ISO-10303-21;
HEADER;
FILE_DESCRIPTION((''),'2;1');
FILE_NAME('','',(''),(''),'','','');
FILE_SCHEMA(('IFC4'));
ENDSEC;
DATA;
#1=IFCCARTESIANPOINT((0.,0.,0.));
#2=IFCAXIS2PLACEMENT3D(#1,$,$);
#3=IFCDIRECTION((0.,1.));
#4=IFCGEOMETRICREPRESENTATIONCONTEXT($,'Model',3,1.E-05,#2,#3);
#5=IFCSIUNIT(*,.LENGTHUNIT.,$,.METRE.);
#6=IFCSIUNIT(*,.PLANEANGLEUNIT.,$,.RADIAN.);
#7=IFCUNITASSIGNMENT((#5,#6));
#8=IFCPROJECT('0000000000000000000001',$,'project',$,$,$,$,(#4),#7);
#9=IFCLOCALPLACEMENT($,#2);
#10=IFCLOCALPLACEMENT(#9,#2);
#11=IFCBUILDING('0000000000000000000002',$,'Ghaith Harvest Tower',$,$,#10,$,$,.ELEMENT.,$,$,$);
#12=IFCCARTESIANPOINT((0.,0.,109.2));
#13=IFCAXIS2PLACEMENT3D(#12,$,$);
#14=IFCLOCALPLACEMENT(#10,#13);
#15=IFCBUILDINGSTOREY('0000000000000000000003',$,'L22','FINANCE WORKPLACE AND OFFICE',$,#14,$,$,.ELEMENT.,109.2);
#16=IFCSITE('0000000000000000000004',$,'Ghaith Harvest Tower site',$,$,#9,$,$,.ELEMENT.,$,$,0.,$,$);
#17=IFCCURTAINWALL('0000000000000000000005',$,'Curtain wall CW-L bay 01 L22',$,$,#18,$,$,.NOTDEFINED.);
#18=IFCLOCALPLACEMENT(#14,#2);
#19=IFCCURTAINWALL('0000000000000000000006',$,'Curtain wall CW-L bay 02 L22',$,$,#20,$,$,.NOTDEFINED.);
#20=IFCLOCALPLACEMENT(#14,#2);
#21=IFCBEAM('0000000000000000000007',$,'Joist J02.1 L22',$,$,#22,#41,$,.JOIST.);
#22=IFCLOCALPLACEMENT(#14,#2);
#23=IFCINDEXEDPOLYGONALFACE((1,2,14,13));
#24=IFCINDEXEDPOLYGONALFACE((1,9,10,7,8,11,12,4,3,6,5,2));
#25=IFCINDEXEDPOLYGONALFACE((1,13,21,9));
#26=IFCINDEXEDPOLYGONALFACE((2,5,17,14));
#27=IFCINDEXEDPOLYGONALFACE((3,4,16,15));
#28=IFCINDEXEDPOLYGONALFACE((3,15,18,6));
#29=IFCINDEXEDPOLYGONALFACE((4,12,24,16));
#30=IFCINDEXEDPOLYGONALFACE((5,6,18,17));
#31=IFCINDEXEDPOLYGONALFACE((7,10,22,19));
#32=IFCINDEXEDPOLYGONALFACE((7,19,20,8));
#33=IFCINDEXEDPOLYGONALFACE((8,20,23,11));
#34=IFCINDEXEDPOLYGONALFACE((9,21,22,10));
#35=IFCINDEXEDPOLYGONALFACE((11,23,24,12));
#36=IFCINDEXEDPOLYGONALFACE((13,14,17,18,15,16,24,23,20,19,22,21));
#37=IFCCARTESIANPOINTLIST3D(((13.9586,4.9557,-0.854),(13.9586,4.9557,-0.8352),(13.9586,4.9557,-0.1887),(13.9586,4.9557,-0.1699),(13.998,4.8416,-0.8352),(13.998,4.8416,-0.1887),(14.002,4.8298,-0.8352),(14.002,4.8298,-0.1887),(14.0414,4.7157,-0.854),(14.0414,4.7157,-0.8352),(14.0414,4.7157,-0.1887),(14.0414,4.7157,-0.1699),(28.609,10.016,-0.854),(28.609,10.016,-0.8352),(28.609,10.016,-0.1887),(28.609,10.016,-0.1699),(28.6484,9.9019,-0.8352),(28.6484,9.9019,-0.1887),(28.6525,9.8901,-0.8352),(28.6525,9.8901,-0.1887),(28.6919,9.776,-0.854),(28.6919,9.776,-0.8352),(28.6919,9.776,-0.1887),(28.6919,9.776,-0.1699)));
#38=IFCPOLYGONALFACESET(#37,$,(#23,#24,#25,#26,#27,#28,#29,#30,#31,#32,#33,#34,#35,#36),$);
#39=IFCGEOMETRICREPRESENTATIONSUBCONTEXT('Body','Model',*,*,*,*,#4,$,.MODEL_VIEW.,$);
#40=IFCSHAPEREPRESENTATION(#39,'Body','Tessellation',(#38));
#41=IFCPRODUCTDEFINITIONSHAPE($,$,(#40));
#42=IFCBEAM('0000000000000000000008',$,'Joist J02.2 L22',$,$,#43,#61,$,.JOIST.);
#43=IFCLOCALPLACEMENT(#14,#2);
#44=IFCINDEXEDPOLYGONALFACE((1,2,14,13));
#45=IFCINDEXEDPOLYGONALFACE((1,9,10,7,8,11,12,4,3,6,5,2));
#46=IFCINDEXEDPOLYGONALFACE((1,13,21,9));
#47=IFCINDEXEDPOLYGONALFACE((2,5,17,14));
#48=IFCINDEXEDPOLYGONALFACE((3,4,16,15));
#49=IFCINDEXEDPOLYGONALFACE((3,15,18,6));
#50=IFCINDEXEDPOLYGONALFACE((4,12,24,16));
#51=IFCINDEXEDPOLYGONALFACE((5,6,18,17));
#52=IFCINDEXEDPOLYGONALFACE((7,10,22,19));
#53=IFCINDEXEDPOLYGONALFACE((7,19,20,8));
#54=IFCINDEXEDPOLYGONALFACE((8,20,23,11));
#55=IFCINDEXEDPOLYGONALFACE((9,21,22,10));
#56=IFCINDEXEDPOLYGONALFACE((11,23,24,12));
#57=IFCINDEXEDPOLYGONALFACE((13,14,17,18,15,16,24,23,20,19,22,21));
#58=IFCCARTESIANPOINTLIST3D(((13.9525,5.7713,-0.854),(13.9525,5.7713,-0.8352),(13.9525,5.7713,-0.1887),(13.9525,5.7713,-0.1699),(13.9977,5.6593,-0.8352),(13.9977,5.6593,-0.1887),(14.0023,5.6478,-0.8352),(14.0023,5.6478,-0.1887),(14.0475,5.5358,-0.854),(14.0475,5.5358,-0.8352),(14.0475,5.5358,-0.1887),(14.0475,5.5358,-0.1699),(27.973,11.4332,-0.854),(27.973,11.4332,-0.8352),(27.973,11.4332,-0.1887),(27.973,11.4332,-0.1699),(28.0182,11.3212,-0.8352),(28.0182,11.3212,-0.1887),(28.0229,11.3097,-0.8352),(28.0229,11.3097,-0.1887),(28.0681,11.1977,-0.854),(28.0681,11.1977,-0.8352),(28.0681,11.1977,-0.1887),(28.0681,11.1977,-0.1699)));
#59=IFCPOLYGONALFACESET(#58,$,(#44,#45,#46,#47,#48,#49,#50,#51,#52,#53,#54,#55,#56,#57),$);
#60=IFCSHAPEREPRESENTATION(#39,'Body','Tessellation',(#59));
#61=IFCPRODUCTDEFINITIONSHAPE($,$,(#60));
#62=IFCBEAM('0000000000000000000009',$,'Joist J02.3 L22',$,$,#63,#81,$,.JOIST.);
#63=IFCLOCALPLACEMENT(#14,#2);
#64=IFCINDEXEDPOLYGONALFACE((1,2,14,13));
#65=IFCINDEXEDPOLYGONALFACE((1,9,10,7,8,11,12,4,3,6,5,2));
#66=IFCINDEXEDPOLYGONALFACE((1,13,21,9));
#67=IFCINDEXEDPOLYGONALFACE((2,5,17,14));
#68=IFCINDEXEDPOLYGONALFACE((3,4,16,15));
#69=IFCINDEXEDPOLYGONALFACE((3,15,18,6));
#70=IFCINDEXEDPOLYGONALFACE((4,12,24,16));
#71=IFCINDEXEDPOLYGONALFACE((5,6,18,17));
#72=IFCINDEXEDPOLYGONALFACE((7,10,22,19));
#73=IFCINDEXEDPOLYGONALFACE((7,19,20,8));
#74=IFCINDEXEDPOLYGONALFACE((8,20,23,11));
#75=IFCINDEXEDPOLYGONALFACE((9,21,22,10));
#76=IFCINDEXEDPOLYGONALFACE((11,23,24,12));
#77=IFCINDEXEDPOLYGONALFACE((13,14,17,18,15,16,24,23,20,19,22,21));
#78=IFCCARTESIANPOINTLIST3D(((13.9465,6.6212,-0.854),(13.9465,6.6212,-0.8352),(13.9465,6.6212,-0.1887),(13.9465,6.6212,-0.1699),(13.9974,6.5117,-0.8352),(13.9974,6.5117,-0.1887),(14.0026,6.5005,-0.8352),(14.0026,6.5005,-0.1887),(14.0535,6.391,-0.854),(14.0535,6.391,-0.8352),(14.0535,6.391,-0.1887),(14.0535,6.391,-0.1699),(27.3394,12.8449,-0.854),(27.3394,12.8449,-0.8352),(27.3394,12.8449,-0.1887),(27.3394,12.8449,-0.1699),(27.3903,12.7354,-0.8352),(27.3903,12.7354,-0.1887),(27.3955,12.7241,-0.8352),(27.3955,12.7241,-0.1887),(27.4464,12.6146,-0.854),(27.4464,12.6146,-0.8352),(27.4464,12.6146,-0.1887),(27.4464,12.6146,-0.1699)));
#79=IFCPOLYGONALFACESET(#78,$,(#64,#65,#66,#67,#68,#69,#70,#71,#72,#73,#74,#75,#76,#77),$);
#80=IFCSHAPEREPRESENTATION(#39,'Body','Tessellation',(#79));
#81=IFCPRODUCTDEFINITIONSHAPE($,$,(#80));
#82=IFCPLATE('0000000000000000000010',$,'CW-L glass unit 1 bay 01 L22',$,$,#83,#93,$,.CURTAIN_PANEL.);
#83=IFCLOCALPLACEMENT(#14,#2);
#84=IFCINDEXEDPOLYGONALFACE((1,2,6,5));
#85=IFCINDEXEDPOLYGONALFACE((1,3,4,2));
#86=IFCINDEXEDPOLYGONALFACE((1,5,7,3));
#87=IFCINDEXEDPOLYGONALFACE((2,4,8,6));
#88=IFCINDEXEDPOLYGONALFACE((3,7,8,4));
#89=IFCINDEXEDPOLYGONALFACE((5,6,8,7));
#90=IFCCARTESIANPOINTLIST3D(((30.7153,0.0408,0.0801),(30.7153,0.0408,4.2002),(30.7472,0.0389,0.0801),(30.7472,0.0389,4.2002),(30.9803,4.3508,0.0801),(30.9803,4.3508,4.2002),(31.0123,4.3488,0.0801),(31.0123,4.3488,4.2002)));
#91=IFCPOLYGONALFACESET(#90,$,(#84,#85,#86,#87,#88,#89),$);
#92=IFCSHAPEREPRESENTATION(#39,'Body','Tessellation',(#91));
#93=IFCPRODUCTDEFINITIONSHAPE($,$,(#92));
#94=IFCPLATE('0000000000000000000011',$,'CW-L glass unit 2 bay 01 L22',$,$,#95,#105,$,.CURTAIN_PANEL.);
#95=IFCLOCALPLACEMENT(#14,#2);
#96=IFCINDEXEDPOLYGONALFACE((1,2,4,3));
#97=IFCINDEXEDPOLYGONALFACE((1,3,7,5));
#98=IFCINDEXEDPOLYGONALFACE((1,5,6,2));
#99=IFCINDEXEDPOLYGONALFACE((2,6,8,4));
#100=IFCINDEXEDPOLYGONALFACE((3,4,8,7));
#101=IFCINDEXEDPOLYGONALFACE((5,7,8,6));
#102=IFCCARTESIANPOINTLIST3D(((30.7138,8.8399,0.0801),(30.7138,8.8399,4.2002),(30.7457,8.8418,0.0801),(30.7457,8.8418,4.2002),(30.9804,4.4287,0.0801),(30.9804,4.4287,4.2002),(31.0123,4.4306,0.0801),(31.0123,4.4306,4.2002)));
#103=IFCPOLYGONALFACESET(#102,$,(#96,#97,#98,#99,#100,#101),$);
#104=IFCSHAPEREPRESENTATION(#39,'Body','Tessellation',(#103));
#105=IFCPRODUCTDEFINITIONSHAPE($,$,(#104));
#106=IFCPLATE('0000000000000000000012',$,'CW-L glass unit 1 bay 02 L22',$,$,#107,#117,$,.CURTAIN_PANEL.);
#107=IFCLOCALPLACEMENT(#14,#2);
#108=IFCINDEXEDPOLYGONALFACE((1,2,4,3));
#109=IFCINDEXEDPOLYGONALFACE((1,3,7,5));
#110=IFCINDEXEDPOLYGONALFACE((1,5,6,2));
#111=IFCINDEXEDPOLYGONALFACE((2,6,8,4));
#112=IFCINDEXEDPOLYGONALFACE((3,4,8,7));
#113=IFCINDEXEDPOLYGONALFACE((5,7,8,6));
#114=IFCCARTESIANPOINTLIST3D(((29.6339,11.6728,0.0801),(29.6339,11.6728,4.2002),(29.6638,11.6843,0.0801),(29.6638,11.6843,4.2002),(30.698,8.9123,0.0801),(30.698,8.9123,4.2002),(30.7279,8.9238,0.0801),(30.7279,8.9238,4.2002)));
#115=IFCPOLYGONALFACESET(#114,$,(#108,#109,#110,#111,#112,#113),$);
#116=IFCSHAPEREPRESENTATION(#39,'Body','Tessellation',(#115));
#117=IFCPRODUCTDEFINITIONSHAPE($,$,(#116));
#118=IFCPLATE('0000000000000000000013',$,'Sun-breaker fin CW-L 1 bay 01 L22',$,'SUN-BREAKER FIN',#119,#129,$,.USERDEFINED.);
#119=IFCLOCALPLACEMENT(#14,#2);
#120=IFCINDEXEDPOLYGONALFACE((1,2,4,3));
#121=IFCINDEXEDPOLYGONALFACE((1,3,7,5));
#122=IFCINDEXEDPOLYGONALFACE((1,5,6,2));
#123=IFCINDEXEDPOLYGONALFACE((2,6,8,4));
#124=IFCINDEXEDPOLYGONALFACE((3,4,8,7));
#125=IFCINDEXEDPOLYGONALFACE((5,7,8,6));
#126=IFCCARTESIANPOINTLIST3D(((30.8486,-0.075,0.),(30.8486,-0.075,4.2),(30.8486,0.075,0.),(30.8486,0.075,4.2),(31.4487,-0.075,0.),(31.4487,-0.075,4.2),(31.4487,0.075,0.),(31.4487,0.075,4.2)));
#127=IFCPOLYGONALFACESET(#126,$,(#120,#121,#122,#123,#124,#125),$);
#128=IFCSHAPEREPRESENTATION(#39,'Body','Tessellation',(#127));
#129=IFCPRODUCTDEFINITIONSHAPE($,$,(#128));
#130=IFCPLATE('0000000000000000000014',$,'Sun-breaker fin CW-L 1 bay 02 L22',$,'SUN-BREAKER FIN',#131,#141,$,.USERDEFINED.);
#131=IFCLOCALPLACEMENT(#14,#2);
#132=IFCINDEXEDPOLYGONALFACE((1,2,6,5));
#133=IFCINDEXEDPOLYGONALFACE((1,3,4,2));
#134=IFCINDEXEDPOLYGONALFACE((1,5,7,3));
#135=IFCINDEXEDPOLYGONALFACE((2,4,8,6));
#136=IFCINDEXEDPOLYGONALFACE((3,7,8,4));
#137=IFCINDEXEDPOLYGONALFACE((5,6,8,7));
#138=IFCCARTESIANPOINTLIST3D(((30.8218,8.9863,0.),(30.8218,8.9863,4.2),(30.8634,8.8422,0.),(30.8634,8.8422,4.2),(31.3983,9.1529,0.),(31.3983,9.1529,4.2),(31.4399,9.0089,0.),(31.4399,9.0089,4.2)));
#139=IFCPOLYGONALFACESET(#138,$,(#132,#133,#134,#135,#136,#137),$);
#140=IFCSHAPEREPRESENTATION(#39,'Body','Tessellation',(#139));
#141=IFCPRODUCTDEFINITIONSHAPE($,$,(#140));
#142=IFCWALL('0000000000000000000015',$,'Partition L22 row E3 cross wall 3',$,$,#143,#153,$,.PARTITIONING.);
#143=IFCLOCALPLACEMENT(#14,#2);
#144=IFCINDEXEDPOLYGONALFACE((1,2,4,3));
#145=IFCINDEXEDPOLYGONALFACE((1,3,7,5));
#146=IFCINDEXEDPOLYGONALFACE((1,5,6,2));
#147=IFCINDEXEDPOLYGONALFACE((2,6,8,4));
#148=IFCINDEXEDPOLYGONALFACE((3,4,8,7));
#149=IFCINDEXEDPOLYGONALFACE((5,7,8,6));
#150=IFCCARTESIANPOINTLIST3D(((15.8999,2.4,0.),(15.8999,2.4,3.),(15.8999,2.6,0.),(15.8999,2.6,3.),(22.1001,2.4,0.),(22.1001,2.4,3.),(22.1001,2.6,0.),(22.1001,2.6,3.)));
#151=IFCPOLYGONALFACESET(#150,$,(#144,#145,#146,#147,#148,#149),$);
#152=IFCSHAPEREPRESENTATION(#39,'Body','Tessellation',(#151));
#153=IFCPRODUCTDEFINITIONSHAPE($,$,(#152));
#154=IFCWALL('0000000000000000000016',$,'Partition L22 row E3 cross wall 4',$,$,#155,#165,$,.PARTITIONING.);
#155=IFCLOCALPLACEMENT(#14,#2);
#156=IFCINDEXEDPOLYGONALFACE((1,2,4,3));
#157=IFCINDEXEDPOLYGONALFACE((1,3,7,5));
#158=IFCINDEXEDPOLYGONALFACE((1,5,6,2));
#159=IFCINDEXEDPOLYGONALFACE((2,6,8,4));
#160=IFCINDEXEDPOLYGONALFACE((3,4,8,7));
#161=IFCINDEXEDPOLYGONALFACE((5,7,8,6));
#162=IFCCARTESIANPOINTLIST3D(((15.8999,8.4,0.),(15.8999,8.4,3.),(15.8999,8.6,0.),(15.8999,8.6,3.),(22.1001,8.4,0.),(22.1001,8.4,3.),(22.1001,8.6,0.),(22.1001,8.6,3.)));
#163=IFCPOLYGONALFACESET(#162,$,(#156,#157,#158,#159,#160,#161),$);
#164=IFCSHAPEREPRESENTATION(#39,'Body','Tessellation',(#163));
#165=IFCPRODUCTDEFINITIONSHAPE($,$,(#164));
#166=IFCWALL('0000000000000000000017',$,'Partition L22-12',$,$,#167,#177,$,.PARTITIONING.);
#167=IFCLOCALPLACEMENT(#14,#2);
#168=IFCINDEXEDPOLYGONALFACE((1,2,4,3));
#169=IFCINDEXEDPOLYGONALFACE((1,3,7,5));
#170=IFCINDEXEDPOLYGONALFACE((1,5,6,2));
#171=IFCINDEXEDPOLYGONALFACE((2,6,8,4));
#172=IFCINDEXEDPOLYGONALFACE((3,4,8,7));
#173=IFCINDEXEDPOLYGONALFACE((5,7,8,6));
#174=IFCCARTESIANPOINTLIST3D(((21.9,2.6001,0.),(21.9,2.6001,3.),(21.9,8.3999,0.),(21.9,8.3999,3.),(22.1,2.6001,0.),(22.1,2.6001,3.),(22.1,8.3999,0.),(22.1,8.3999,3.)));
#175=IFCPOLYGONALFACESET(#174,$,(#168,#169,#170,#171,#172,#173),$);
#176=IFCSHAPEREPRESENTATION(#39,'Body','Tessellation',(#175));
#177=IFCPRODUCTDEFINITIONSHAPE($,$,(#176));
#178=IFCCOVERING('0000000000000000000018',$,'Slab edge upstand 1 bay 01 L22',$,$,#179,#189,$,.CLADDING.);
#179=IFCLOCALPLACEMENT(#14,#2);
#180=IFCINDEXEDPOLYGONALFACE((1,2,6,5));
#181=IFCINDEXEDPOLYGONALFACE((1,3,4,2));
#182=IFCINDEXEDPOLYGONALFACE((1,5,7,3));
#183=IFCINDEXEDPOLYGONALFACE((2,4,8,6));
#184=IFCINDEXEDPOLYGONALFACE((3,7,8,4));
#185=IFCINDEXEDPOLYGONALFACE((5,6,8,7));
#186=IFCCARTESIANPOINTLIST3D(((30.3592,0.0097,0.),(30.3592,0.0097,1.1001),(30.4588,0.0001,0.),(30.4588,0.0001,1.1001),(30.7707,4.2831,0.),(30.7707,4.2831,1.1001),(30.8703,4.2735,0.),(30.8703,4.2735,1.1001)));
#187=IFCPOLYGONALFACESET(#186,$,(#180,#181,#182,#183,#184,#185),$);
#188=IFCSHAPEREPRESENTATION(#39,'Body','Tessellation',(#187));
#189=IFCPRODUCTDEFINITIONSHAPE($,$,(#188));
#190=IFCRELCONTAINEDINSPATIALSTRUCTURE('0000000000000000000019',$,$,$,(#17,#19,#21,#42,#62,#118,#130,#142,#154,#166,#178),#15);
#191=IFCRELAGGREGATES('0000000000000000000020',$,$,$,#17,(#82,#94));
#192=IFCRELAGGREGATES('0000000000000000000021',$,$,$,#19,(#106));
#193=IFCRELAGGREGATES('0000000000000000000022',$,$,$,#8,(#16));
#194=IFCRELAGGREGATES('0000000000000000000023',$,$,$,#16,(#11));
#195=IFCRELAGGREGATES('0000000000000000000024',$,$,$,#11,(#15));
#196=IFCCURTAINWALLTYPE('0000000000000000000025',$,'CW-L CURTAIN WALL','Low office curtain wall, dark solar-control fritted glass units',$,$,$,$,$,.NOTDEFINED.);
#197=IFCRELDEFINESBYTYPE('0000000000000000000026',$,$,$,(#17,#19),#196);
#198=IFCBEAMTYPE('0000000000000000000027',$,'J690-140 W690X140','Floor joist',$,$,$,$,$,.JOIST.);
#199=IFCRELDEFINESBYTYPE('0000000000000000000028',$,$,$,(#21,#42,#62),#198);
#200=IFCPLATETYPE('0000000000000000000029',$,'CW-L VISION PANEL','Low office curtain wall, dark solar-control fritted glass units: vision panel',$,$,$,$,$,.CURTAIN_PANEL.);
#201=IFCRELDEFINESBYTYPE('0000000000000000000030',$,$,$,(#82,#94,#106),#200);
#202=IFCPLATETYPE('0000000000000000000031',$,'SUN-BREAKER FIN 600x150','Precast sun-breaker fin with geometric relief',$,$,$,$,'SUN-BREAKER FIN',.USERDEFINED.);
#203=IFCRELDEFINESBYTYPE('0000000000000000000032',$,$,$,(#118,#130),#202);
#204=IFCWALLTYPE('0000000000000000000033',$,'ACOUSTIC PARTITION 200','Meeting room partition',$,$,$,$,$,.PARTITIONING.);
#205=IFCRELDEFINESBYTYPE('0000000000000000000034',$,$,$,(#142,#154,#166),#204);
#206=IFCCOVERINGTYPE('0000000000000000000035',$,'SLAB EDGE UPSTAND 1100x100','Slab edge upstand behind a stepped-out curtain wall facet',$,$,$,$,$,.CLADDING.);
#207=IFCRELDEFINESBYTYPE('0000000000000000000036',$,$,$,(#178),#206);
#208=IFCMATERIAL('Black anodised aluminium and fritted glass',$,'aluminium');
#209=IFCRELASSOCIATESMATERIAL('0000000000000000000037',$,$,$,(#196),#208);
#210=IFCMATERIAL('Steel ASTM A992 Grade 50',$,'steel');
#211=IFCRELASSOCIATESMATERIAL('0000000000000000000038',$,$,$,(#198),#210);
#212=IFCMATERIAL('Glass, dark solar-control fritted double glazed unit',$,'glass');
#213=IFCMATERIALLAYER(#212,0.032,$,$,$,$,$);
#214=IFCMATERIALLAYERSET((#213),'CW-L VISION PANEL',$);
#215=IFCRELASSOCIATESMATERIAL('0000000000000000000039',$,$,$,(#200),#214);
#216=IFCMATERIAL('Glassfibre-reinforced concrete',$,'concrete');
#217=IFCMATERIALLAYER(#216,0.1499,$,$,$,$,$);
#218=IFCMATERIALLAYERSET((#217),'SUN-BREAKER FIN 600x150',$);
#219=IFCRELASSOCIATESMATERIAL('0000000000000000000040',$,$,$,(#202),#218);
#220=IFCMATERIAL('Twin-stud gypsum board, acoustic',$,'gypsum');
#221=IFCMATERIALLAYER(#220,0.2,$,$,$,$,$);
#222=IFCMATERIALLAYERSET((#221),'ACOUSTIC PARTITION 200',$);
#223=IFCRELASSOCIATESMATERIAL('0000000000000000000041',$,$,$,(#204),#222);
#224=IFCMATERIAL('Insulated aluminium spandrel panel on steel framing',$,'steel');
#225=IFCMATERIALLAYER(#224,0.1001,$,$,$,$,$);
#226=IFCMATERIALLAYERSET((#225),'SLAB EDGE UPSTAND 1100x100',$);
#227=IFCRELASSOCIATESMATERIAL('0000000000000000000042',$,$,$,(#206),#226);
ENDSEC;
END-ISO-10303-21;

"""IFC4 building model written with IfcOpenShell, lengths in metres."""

from ifc_helpers import new_model, si_unit, direction, frame, frame_2d, origin, origin_2d, place, context, subcontext, project, spatial, rectangle, i_section, extrude, material, layer, layer_set, material_profile, profile_set, type_object, element, aggregate, save


model = new_model("IFC4")

# Units and contexts
model_context = context("Model", 3, precision=1e-05, world=origin(), true_north=direction((0.0, 1.0)))
body_context = subcontext(model_context, "Body", "Model", "MODEL_VIEW")
ifc_project = project(units=[si_unit("LENGTHUNIT", "METRE"), si_unit("PLANEANGLEUNIT", "RADIAN")], contexts=[model_context])

# Site, building, storey
site_placement = place(None, origin())
site = spatial("IfcSite", under=ifc_project, at=site_placement, Name="Ghaith Harvest Tower site", CompositionType="ELEMENT", RefElevation=0.0)
building_placement = place(site_placement, origin())
building = spatial("IfcBuilding", under=site, at=building_placement, Name="Ghaith Harvest Tower", CompositionType="ELEMENT")
storey_placement = place(building_placement, frame((0.0, 0.0, 109.2)))
storey = spatial("IfcBuildingStorey", under=building, at=storey_placement, Name="L22", Description="FINANCE WORKPLACE AND OFFICE", CompositionType="ELEMENT", Elevation=109.2)

# Curtain walls
ifc_material_1 = material(Name="Black anodised aluminium and fritted glass", Category="aluminium")
curtain_wall_type = type_object("IfcCurtainWallType", Name="CW-L CURTAIN WALL", Description="Low office curtain wall, dark solar-control fritted glass units", PredefinedType="NOTDEFINED", material=ifc_material_1)
curtain_wall_1_placement = place(storey_placement, origin())
curtain_wall_1 = element("IfcCurtainWall", 1, at=curtain_wall_1_placement, inside=storey, type_object=curtain_wall_type, Name="Curtain wall CW-L bay 01 L22", PredefinedType="NOTDEFINED")
curtain_wall_2_placement = place(storey_placement, origin())
curtain_wall_2 = element("IfcCurtainWall", 2, at=curtain_wall_2_placement, inside=storey, type_object=curtain_wall_type, Name="Curtain wall CW-L bay 02 L22", PredefinedType="NOTDEFINED")

# Beams
ifc_material_2 = material(Name="Steel ASTM A992 Grade 50", Category="steel")
ifc_material_profile_1 = material_profile(ifc_material_2, i_section(OverallWidth=0.2539, OverallDepth=0.6841, WebThickness=0.0125, FlangeThickness=0.0188, at=origin_2d()), Name="W690X140")
ifc_profile_set_1 = profile_set([ifc_material_profile_1], Name="Steel ASTM A992 Grade 50")
beam_type_1 = type_object("IfcBeamType", Name="J690-140 W690X140", Description="Floor joist", PredefinedType="JOIST", material=ifc_profile_set_1)
beam_1_placement = place(storey_placement, frame((14.0, 4.8357, -0.512), z_axis=(0.945205, 0.326478, 0.0), x_axis=(-0.326478, 0.945205, 0.0)))
element("IfcBeam", 3, at=beam_1_placement, inside=storey, type_object=beam_type_1, Name="Joist J02.1 L22", PredefinedType="JOIST", context=body_context, shape_type="SweptSolid", body=[
    extrude(i_section(OverallWidth=0.2539, OverallDepth=0.6841, WebThickness=0.0125, FlangeThickness=0.0188, at=origin_2d()), origin(), (0.0, 0.0, 1.0), 15.4998),
])
beam_2_placement = place(storey_placement, frame((14.0, 5.6536, -0.512), z_axis=(0.927248, 0.374448, 0.0), x_axis=(-0.374448, 0.927248, 0.0)))
element("IfcBeam", 4, at=beam_2_placement, inside=storey, type_object=beam_type_1, Name="Joist J02.2 L22", PredefinedType="JOIST", context=body_context, shape_type="SweptSolid", body=[
    extrude(i_section(OverallWidth=0.2539, OverallDepth=0.6841, WebThickness=0.0125, FlangeThickness=0.0188, at=origin_2d()), origin(), (0.0, 0.0, 1.0), 15.1206),
])
beam_3_placement = place(storey_placement, frame((14.0, 6.5061, -0.512), z_axis=(0.906866, 0.42142, 0.0), x_axis=(-0.42142, 0.906866, 0.0)))
element("IfcBeam", 5, at=beam_3_placement, inside=storey, type_object=beam_type_1, Name="Joist J02.3 L22", PredefinedType="JOIST", context=body_context, shape_type="SweptSolid", body=[
    extrude(i_section(OverallWidth=0.2539, OverallDepth=0.6841, WebThickness=0.0125, FlangeThickness=0.0188, at=origin_2d()), origin(), (0.0, 0.0, 1.0), 14.7683),
])

# Plates
ifc_material_3 = material(Name="Glass, dark solar-control fritted double glazed unit", Category="glass")
ifc_layer_1 = layer(ifc_material_3, 0.032)
ifc_layer_set_1 = layer_set([ifc_layer_1], Name="CW-L VISION PANEL")
plate_type_1 = type_object("IfcPlateType", Name="CW-L VISION PANEL", Description="Low office curtain wall, dark solar-control fritted glass units: vision panel", PredefinedType="CURTAIN_PANEL", material=ifc_layer_set_1)
plate_1_placement = place(storey_placement, frame((30.8638, 2.1948, 0.0801), z_axis=(0.0, 0.0, 1.0), x_axis=(0.06138, 0.998114, 0.0)))
plate_1 = element("IfcPlate", 6, at=plate_1_placement, type_object=plate_type_1, Name="CW-L glass unit 1 bay 01 L22", PredefinedType="CURTAIN_PANEL", context=body_context, shape_type="SweptSolid", body=[
    extrude(rectangle(XDim=4.3181, YDim=0.032, at=origin_2d()), origin(), (0.0, 0.0, 1.0), 4.1201),
])
plate_2_placement = place(storey_placement, frame((30.863, 6.6353, 0.0801), z_axis=(0.0, 0.0, 1.0), x_axis=(-0.060321, 0.998179, 0.0)))
plate_2 = element("IfcPlate", 7, at=plate_2_placement, type_object=plate_type_1, Name="CW-L glass unit 2 bay 01 L22", PredefinedType="CURTAIN_PANEL", context=body_context, shape_type="SweptSolid", body=[
    extrude(rectangle(XDim=4.4192, YDim=0.032, at=origin_2d()), origin(), (0.0, 0.0, 1.0), 4.1201),
])
aggregate(curtain_wall_1, [plate_1, plate_2])
plate_3_placement = place(storey_placement, frame((30.1809, 10.2983, 0.0801), z_axis=(0.0, 0.0, 1.0), x_axis=(-0.359677, 0.933077, 0.0)))
plate_3 = element("IfcPlate", 8, at=plate_3_placement, type_object=plate_type_1, Name="CW-L glass unit 1 bay 02 L22", PredefinedType="CURTAIN_PANEL", context=body_context, shape_type="SweptSolid", body=[
    extrude(rectangle(XDim=2.9585, YDim=0.032, at=origin_2d()), origin(), (0.0, 0.0, 1.0), 4.1201),
])
aggregate(curtain_wall_2, [plate_3])

# Plates
ifc_material_4 = material(Name="Glassfibre-reinforced concrete", Category="concrete")
ifc_layer_2 = layer(ifc_material_4, 0.1499)
ifc_layer_set_2 = layer_set([ifc_layer_2], Name="SUN-BREAKER FIN 600x150")
plate_type_2 = type_object("IfcPlateType", Name="SUN-BREAKER FIN 600x150", Description="Precast sun-breaker fin with geometric relief", ElementType="SUN-BREAKER FIN", PredefinedType="USERDEFINED", material=ifc_layer_set_2)
for number, where, z_axis, x_axis, name in (
    (9, (31.1487, 0.0, 0.0), (0.0, 0.0, 1.0), (1.0, 0.0, 0.0), "Sun-breaker fin CW-L 1 bay 01 L22"),
    (10, (31.1309, 8.9976, 0.0), (0.0, 0.0, 1.0), (0.96068, 0.277657, 0.0), "Sun-breaker fin CW-L 1 bay 02 L22"),
):
    element("IfcPlate", number, at=place(storey_placement, frame(where, z_axis=z_axis, x_axis=x_axis)), inside=storey, type_object=plate_type_2, Name=name, ObjectType="SUN-BREAKER FIN", PredefinedType="USERDEFINED", context=body_context, shape_type="SweptSolid", body=[
        extrude(rectangle(XDim=0.6001, YDim=0.1499, at=origin_2d()), origin(), (0.0, 0.0, 1.0), 4.2),
    ])

# Walls
ifc_material_5 = material(Name="Twin-stud gypsum board, acoustic", Category="gypsum")
ifc_layer_3 = layer(ifc_material_5, 0.2)
ifc_layer_set_3 = layer_set([ifc_layer_3], Name="ACOUSTIC PARTITION 200")
wall_type_1 = type_object("IfcWallType", Name="ACOUSTIC PARTITION 200", Description="Meeting room partition", PredefinedType="PARTITIONING", material=ifc_layer_set_3)
for number, where, z_axis, x_axis, name in (
    (11, (15.8999, 2.5, 0.0), (0.0, 0.0, 1.0), (1.0, 0.0, 0.0), "Partition L22 row E3 cross wall 3"),
    (12, (15.8999, 8.5, 0.0), (0.0, 0.0, 1.0), (1.0, 0.0, 0.0), "Partition L22 row E3 cross wall 4"),
):
    element("IfcWall", number, at=place(storey_placement, frame(where, z_axis=z_axis, x_axis=x_axis)), inside=storey, type_object=wall_type_1, Name=name, PredefinedType="PARTITIONING", context=body_context, shape_type="SweptSolid", body=[
        extrude(rectangle(XDim=6.2002, YDim=0.2, at=frame_2d((3.1001, 0.0))), origin(), (0.0, 0.0, 1.0), 3.0),
    ])

# Wall
wall_1_placement = place(storey_placement, frame((22.0, 2.6001, 0.0), z_axis=(0.0, 0.0, 1.0), x_axis=(0.0, 1.0, 0.0)))
element("IfcWall", 13, at=wall_1_placement, inside=storey, type_object=wall_type_1, Name="Partition L22-12", PredefinedType="PARTITIONING", context=body_context, shape_type="SweptSolid", body=[
    extrude(rectangle(XDim=5.7998, YDim=0.2, at=frame_2d((2.8999, 0.0))), origin(), (0.0, 0.0, 1.0), 3.0),
])

# Covering
ifc_material_6 = material(Name="Insulated aluminium spandrel panel on steel framing", Category="steel")
ifc_layer_4 = layer(ifc_material_6, 0.1001)
ifc_layer_set_4 = layer_set([ifc_layer_4], Name="SLAB EDGE UPSTAND 1100x100")
covering_type = type_object("IfcCoveringType", Name="SLAB EDGE UPSTAND 1100x100", Description="Slab edge upstand behind a stepped-out curtain wall facet", PredefinedType="CLADDING", material=ifc_layer_set_4)
covering_1_placement = place(storey_placement, frame((30.6147, 2.1416, 0.0), z_axis=(0.0, 0.0, 1.0), x_axis=(0.095861, 0.995395, 0.0)))
element("IfcCovering", 14, at=covering_1_placement, inside=storey, type_object=covering_type, Name="Slab edge upstand 1 bay 01 L22", PredefinedType="CLADDING", context=body_context, shape_type="SweptSolid", body=[
    extrude(rectangle(XDim=4.2932, YDim=0.1001, at=origin_2d()), origin(), (0.0, 0.0, 1.0), 1.1001),
])

save(model, "model.ifc")
